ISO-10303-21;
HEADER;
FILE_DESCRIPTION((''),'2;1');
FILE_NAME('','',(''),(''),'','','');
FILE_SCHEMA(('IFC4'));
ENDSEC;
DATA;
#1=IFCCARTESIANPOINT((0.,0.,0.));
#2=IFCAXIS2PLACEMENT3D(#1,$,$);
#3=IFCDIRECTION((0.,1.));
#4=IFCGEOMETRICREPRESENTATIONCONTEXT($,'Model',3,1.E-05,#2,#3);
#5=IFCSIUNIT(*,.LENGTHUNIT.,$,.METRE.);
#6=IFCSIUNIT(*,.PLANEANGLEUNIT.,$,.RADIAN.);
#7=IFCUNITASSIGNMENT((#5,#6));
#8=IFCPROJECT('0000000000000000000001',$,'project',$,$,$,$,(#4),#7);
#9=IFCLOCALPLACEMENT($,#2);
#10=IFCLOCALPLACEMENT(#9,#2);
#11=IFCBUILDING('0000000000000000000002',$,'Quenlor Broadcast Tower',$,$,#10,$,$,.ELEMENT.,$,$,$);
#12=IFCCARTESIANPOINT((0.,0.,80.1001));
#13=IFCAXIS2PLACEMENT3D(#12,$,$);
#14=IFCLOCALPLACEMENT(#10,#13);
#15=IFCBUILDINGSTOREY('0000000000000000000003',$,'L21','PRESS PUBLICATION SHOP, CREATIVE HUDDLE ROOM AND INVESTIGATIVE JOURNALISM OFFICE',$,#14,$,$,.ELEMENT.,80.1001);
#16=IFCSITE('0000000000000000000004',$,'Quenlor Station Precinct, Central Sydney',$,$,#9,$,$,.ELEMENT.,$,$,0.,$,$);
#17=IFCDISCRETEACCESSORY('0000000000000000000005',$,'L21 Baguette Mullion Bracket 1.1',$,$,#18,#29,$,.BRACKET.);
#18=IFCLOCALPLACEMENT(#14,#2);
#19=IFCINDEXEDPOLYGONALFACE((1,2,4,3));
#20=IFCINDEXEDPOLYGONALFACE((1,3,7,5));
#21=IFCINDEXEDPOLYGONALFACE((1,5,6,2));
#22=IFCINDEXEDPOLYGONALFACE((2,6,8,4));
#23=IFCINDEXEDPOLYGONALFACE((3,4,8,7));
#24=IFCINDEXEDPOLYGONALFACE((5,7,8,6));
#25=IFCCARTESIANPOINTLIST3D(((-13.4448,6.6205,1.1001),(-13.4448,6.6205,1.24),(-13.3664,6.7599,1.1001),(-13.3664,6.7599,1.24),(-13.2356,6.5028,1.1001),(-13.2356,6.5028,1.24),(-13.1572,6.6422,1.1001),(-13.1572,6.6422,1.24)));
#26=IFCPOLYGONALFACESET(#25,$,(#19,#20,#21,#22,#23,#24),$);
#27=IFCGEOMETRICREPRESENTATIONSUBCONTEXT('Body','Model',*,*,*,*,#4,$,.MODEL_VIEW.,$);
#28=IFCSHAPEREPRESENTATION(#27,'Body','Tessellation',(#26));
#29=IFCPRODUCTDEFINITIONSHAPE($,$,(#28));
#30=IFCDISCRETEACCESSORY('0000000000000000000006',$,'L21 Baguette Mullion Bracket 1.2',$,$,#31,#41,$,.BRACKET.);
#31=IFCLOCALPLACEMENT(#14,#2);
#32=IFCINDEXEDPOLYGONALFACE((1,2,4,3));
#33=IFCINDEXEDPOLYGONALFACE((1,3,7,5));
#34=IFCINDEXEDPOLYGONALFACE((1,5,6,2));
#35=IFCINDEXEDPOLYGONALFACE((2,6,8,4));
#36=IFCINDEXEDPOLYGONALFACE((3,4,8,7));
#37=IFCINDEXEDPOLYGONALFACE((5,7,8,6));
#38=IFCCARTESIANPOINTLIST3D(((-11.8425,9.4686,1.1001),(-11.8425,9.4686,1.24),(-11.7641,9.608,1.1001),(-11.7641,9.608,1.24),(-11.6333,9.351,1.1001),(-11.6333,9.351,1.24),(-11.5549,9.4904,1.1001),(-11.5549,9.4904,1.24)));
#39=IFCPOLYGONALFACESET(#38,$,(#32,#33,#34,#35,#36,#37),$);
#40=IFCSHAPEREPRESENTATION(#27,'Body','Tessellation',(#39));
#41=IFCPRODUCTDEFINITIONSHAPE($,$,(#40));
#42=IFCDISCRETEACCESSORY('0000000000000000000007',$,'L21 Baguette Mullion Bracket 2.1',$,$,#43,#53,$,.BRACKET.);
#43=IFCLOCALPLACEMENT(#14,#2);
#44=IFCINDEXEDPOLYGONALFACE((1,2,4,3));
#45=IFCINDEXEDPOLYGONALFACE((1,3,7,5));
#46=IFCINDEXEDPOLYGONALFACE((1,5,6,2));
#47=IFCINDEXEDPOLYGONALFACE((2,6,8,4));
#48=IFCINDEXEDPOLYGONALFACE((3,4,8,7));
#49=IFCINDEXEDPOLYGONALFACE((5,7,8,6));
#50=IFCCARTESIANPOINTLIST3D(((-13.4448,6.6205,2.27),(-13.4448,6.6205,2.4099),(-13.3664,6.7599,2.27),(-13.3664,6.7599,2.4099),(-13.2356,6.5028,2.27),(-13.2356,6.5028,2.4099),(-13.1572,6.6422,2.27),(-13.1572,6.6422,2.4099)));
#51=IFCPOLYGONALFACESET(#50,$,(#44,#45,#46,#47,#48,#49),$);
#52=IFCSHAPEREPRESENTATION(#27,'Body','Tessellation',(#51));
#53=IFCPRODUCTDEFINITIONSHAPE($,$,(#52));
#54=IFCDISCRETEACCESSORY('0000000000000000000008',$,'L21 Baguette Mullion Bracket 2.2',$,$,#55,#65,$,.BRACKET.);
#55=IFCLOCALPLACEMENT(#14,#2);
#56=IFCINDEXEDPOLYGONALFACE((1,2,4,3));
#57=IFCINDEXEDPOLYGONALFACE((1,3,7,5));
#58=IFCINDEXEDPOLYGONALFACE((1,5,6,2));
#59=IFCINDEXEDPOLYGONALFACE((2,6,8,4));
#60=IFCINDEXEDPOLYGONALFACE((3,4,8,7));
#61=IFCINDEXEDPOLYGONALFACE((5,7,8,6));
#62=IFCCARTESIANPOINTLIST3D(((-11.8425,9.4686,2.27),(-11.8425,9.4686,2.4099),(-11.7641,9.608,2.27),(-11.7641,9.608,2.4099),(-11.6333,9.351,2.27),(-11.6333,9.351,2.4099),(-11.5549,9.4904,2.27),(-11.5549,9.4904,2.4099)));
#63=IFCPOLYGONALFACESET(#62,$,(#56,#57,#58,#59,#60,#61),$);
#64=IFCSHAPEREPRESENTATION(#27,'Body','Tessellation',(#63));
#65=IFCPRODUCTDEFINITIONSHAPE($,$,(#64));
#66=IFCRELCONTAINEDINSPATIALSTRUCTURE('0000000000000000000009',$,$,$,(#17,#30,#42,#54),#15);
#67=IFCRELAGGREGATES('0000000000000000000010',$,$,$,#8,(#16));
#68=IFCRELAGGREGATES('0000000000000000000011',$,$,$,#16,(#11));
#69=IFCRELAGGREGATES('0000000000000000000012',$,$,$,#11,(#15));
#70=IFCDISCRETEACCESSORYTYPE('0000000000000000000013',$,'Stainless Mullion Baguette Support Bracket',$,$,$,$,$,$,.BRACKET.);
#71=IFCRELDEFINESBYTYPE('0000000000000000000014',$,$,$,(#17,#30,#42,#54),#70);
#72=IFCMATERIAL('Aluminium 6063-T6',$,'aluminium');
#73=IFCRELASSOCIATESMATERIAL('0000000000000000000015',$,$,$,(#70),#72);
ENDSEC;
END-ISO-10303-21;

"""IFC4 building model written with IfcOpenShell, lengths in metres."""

from ifc_helpers import new_model, si_unit, direction, frame, origin, origin_2d, place, context, subcontext, project, spatial, rectangle, extrude, material, type_object, element, save


model = new_model("IFC4")

# Units and contexts
model_context = context("Model", 3, precision=1e-05, world=origin(), true_north=direction((0.0, 1.0)))
body_context = subcontext(model_context, "Body", "Model", "MODEL_VIEW")
ifc_project = project(units=[si_unit("LENGTHUNIT", "METRE"), si_unit("PLANEANGLEUNIT", "RADIAN")], contexts=[model_context])

# Site, building, storey
site_placement = place(None, origin())
site = spatial("IfcSite", under=ifc_project, at=site_placement, Name="Quenlor Station Precinct, Central Sydney", CompositionType="ELEMENT", RefElevation=0.0)
building_placement = place(site_placement, origin())
building = spatial("IfcBuilding", under=site, at=building_placement, Name="Quenlor Broadcast Tower", CompositionType="ELEMENT")
storey_placement = place(building_placement, frame((0.0, 0.0, 80.1001)))
storey = spatial("IfcBuildingStorey", under=building, at=storey_placement, Name="L21", Description="PRESS PUBLICATION SHOP, CREATIVE HUDDLE ROOM AND INVESTIGATIVE JOURNALISM OFFICE", CompositionType="ELEMENT", Elevation=80.1001)

# Discrete accessories
ifc_material_1 = material(Name="Aluminium 6063-T6", Category="aluminium")
discrete_accessory_type = type_object("IfcDiscreteAccessoryType", Name="Stainless Mullion Baguette Support Bracket", PredefinedType="BRACKET", material=ifc_material_1)
for number, where, z_axis, x_axis, name in (
    (1, (-13.301, 6.6313, 1.1001), (0.0, 0.0, 1.0), (0.490262, 0.871575, 0.0), "L21 Baguette Mullion Bracket 1.1"),
    (2, (-11.6987, 9.4795, 1.1001), (0.0, 0.0, 1.0), (0.490262, 0.871575, 0.0), "L21 Baguette Mullion Bracket 1.2"),
    (3, (-13.301, 6.6313, 2.27), (0.0, 0.0, 1.0), (0.490262, 0.871575, 0.0), "L21 Baguette Mullion Bracket 2.1"),
    (4, (-11.6987, 9.4795, 2.27), (0.0, 0.0, 1.0), (0.490262, 0.871575, 0.0), "L21 Baguette Mullion Bracket 2.2"),
):
    element("IfcDiscreteAccessory", number, at=place(storey_placement, frame(where, z_axis=z_axis, x_axis=x_axis)), inside=storey, type_object=discrete_accessory_type, Name=name, PredefinedType="BRACKET", context=body_context, shape_type="SweptSolid", body=[
        extrude(rectangle(XDim=0.1599, YDim=0.24, at=origin_2d()), origin(), (0.0, 0.0, 1.0), 0.1399),
    ])

save(model, "model.ifc")
